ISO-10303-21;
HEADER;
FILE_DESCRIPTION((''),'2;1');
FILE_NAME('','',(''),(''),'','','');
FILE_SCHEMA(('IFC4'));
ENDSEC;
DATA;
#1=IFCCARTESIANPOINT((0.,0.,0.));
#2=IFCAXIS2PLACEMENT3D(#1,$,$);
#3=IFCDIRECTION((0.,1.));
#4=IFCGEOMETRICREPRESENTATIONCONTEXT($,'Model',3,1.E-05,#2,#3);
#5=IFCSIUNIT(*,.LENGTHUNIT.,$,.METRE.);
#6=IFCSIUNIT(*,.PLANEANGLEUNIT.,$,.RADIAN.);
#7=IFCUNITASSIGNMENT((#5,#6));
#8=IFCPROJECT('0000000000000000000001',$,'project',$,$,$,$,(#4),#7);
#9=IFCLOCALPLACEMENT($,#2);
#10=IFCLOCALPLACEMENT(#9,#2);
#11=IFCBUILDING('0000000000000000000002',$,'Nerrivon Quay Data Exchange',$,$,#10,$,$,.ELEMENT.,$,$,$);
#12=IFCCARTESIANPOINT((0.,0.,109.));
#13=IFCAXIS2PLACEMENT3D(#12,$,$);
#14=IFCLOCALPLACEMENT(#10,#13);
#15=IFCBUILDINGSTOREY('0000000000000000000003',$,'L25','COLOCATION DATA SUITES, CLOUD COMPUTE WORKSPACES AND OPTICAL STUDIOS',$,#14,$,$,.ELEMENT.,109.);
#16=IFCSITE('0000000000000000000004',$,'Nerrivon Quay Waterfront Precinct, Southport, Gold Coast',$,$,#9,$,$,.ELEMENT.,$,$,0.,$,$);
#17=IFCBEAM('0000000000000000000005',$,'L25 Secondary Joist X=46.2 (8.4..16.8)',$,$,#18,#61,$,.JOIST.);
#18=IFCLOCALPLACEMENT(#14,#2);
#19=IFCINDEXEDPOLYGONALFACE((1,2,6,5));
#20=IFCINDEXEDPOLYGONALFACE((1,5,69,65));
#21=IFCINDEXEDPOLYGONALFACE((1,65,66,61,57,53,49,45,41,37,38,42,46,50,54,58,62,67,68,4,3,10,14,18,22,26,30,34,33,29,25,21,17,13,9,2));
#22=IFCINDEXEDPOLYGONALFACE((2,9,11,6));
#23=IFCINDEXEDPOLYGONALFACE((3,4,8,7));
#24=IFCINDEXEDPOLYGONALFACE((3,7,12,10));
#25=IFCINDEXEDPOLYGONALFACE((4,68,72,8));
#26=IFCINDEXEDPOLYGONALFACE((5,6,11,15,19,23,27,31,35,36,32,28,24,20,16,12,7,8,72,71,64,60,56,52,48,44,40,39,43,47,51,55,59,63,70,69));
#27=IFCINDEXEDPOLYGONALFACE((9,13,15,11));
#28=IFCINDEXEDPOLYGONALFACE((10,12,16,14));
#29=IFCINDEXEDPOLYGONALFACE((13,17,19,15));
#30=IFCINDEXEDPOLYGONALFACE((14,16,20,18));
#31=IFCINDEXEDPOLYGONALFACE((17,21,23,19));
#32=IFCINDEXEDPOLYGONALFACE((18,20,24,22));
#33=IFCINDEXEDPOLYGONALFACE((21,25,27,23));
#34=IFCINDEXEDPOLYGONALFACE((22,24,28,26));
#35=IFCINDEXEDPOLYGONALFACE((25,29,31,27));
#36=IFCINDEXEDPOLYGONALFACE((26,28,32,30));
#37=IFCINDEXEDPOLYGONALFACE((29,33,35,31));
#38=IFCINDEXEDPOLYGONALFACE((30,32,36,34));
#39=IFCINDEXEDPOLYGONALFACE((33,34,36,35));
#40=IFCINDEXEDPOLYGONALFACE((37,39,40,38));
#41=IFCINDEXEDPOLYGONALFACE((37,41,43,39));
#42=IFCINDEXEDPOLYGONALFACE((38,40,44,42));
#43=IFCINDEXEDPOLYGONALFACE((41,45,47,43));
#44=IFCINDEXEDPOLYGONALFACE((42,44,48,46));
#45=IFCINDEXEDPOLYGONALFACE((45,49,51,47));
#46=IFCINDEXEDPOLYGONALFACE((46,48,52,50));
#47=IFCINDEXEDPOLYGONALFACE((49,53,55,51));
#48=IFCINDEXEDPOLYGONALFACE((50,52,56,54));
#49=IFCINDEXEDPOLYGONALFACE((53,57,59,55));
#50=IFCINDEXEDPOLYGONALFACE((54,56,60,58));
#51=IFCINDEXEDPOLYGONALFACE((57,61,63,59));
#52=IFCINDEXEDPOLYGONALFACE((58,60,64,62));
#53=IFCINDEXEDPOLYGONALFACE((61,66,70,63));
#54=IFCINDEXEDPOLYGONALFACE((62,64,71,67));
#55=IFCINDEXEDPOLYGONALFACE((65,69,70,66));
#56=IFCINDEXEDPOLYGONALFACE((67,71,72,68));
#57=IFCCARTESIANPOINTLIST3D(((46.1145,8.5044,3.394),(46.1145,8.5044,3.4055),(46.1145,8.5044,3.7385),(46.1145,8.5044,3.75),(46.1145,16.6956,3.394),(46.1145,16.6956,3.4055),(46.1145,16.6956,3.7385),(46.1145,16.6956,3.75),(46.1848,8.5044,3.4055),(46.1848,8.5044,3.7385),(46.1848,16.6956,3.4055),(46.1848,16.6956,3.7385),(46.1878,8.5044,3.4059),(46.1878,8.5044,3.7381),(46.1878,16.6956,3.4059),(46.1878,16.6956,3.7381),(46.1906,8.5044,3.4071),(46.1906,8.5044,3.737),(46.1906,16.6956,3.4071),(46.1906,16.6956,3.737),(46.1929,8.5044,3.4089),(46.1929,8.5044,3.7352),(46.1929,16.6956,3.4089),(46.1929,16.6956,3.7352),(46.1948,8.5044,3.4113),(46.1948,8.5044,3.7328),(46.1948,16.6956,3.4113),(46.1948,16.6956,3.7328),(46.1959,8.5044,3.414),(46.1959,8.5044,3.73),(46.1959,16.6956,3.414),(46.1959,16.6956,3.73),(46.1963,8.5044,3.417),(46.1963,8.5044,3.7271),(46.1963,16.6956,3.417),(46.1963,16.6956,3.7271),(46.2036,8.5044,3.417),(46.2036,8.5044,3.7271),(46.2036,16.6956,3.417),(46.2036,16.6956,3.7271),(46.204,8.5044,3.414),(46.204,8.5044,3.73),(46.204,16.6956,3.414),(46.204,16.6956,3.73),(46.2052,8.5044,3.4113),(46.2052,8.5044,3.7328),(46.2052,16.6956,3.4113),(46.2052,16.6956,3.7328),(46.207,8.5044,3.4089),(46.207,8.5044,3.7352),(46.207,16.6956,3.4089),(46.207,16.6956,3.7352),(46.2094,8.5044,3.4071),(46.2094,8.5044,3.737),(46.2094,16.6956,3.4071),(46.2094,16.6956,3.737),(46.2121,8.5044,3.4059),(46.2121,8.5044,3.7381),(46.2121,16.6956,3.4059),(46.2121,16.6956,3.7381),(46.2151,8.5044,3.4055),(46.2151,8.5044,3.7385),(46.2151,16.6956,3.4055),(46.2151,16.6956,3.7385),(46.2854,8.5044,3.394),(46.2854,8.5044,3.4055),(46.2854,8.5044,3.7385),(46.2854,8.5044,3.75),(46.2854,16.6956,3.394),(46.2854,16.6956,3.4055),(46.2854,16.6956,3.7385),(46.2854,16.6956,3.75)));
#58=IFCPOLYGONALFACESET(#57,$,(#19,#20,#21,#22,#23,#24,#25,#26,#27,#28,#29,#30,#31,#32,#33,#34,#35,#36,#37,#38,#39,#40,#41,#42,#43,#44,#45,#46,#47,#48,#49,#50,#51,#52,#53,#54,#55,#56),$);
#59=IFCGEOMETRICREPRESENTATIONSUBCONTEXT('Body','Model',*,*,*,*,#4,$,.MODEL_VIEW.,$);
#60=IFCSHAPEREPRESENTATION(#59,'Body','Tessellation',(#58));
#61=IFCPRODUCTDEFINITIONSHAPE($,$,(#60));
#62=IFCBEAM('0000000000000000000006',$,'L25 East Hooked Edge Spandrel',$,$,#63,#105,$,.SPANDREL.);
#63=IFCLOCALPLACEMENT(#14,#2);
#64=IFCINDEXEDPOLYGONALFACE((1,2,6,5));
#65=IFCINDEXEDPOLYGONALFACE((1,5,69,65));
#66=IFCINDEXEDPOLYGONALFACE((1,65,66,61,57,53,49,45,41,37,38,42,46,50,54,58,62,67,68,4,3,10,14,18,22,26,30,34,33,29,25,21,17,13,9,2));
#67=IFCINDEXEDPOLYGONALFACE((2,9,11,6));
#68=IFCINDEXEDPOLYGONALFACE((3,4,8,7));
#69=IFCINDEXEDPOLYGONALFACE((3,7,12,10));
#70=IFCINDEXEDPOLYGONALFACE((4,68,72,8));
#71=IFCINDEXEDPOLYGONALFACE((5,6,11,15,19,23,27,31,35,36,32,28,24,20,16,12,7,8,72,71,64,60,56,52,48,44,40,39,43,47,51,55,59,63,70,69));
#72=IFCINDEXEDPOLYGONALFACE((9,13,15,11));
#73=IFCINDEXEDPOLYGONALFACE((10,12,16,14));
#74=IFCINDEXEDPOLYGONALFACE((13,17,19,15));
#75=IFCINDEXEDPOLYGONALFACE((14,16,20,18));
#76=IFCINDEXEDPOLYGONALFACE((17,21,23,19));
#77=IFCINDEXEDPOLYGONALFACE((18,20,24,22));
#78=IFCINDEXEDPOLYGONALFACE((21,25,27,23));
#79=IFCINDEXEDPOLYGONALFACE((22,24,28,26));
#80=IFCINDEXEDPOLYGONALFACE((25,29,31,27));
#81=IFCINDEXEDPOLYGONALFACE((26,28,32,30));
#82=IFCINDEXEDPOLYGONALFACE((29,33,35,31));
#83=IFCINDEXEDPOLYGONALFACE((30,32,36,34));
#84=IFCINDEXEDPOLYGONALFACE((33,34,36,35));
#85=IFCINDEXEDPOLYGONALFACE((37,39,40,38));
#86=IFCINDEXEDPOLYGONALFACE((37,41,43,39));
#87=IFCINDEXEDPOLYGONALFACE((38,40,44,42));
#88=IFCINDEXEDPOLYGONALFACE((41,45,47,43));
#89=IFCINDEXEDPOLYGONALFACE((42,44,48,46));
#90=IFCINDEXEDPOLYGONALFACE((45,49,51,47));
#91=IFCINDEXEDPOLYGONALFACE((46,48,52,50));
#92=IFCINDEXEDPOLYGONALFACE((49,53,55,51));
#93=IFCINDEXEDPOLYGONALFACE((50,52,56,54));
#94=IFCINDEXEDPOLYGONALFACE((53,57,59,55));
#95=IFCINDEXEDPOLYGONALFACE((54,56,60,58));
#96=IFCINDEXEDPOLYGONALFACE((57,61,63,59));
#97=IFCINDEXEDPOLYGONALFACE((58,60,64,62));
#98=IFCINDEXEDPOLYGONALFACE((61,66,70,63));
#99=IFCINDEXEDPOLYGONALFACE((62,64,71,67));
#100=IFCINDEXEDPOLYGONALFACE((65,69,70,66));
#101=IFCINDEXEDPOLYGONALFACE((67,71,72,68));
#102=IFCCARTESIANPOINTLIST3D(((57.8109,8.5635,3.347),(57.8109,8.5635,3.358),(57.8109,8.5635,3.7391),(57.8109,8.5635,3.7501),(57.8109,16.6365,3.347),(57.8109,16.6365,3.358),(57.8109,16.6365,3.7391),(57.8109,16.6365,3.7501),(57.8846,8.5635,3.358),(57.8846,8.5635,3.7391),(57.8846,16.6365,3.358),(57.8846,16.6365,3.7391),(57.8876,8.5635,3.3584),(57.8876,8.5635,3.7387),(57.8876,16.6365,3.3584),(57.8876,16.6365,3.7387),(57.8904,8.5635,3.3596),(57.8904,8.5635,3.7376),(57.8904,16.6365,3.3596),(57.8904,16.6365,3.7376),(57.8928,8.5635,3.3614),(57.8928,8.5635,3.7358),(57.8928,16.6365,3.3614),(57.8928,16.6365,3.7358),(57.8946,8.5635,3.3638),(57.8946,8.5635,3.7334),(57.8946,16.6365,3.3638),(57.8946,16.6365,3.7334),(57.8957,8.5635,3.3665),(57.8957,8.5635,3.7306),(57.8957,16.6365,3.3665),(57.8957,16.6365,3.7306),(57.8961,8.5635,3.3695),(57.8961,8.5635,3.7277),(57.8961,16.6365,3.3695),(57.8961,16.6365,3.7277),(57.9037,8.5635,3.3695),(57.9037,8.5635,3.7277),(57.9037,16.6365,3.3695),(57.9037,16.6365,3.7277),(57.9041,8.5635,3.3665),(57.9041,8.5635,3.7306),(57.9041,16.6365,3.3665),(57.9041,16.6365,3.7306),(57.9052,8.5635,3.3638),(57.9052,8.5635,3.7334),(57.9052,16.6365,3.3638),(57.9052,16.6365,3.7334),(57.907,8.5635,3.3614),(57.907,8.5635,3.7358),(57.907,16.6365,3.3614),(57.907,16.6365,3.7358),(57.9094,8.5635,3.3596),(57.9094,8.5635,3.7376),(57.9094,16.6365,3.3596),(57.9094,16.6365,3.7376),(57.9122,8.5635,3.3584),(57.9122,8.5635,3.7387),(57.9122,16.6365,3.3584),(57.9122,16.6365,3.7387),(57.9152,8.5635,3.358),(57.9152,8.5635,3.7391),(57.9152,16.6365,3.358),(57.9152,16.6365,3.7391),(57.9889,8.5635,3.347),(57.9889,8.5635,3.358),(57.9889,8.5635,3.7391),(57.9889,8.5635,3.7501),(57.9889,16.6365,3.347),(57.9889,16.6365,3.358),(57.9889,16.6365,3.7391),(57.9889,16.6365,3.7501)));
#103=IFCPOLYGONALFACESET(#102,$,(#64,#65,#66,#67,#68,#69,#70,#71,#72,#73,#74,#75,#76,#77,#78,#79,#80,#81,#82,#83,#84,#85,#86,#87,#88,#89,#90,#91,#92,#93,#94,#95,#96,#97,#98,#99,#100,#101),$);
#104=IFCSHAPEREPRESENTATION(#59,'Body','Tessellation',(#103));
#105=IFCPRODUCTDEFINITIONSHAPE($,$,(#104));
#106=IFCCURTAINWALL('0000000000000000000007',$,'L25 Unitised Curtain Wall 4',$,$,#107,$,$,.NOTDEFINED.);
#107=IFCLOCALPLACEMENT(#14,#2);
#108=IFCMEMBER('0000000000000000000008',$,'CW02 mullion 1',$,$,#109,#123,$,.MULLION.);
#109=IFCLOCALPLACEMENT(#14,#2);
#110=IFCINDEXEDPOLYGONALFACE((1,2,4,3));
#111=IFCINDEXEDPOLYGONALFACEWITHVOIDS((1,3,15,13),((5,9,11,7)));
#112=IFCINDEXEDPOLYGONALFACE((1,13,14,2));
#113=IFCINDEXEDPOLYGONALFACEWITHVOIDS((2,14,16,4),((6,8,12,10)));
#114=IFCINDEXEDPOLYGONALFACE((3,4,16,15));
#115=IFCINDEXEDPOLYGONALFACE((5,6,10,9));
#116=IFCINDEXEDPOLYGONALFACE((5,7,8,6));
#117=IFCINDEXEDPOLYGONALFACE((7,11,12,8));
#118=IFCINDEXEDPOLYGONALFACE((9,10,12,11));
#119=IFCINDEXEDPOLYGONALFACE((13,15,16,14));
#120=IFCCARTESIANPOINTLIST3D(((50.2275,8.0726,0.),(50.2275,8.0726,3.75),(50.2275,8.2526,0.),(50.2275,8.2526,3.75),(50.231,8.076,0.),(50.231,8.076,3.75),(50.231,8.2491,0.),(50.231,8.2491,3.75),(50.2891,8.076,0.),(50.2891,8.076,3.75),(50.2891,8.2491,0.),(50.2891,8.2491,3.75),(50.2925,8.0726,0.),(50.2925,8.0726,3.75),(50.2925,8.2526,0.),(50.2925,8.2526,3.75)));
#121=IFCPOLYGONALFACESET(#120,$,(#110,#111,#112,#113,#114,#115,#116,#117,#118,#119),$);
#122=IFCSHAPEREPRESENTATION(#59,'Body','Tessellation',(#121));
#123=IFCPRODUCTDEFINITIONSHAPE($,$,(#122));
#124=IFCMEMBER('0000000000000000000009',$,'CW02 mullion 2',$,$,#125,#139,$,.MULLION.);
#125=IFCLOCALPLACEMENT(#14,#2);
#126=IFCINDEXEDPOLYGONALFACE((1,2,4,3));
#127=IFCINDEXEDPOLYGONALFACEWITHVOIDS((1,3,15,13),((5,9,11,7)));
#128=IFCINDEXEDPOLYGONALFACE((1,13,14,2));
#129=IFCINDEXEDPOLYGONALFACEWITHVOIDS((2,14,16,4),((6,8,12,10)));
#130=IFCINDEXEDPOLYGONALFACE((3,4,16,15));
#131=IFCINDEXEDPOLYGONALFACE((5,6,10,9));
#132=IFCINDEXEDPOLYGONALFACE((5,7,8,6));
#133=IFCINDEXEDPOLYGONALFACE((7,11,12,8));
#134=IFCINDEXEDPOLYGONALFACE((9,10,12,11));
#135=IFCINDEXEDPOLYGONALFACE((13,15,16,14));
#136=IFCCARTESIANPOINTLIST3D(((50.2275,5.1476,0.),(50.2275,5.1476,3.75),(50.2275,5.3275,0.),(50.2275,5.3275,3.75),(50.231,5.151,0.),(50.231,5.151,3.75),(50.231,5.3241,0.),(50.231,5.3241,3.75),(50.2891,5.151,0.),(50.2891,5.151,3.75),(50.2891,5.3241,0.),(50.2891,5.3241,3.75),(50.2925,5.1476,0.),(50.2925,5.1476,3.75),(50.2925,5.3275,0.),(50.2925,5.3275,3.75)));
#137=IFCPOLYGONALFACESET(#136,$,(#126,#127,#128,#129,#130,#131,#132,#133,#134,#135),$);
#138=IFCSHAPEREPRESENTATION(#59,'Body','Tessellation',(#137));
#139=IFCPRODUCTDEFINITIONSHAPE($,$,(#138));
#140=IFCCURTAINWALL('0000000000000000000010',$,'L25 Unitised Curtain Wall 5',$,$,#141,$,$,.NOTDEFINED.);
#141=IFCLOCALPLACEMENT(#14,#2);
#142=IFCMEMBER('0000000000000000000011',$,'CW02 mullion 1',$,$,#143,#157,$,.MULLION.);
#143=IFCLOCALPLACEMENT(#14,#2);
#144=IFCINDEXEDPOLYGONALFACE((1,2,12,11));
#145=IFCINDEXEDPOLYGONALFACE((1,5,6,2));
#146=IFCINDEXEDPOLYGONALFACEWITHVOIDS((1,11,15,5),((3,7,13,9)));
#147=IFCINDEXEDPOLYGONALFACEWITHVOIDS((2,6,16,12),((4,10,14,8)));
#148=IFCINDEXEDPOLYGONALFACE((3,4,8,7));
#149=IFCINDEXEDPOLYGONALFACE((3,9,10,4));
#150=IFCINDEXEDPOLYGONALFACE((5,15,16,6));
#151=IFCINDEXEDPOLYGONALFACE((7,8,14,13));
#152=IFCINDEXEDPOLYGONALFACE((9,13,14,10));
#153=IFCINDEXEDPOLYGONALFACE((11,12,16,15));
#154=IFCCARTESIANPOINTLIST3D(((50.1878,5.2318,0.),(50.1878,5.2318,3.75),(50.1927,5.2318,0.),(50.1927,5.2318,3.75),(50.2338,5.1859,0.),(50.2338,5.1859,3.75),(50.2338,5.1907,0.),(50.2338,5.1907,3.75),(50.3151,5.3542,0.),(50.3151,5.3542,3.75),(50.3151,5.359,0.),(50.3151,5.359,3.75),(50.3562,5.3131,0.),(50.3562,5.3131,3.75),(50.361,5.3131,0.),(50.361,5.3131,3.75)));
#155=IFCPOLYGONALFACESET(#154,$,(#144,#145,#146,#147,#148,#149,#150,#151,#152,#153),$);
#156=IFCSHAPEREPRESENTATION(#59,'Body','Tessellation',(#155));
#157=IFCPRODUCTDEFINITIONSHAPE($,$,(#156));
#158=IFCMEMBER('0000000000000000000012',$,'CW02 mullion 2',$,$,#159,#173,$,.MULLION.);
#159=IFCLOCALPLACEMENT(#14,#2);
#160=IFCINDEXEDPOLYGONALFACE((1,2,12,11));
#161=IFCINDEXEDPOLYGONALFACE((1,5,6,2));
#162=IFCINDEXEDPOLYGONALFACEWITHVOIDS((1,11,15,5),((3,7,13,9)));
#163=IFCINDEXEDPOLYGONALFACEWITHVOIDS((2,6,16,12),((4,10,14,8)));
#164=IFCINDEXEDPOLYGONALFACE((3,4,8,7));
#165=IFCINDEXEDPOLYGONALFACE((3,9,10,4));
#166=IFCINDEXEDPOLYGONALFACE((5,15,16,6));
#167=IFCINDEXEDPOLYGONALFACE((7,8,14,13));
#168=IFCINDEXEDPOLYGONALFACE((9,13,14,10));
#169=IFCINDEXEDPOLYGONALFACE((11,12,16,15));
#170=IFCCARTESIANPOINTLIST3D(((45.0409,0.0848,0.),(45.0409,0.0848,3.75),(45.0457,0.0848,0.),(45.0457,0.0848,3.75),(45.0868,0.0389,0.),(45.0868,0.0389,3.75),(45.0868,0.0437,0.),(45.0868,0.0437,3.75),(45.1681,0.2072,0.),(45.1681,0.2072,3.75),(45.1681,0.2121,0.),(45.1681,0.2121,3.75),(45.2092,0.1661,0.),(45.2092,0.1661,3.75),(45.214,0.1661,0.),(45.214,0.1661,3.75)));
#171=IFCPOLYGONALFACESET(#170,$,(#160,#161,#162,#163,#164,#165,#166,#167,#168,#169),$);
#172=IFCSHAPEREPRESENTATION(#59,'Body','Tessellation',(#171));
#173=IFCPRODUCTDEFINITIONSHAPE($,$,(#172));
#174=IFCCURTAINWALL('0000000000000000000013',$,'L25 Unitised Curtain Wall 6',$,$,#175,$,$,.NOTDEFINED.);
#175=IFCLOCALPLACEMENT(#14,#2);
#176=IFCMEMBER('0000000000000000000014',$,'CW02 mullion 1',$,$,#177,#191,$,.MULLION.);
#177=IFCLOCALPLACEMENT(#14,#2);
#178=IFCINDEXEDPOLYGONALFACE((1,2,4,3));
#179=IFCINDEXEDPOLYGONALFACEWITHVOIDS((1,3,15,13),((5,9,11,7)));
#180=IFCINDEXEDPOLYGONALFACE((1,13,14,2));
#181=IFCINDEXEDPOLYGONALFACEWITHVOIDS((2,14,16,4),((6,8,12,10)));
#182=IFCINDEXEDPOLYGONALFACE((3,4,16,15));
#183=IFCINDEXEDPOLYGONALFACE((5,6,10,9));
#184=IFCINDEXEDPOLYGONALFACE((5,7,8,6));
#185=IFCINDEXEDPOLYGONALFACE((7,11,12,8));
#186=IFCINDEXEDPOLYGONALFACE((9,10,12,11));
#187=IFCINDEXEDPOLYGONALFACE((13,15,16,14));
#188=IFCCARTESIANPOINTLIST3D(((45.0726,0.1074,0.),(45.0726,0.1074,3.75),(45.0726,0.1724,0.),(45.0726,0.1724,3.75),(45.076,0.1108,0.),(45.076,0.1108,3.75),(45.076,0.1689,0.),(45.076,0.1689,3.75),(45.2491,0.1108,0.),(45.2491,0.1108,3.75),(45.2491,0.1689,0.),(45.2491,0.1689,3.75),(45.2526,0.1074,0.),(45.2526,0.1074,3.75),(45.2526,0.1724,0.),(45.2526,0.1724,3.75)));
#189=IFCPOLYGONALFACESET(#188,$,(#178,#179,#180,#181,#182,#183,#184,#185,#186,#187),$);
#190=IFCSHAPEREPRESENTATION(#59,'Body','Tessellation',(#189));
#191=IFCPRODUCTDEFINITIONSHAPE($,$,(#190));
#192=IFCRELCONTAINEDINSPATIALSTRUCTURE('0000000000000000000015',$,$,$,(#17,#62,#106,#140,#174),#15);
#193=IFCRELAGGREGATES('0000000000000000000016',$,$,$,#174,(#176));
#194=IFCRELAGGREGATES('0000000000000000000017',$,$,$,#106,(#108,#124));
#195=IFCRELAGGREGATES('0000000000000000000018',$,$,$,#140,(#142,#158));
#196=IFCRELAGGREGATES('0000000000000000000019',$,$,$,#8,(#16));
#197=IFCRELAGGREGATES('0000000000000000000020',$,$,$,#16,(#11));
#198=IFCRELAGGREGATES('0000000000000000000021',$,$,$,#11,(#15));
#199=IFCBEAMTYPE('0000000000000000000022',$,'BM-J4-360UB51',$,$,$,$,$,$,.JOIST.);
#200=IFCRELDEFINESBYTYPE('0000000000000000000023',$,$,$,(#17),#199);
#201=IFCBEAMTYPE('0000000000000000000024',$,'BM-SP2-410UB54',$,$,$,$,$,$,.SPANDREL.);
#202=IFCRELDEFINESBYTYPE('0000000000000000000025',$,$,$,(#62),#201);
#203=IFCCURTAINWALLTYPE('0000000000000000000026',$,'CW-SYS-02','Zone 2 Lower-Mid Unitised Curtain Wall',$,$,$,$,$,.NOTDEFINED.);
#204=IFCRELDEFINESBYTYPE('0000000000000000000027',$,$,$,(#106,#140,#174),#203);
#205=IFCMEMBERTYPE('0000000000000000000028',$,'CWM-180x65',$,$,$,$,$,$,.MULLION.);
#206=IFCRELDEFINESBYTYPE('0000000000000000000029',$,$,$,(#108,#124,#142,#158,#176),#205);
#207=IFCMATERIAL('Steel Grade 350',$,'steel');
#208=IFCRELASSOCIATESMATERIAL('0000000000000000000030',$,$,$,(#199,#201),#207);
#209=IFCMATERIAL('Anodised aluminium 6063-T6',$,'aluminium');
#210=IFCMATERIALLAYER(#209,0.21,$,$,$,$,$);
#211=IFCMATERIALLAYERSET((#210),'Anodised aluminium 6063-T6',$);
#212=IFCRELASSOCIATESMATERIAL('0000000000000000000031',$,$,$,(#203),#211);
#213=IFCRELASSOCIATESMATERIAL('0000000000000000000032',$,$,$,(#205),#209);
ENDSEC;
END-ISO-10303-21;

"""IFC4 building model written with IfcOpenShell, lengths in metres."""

from ifc_helpers import new_model, si_unit, direction, frame, origin, origin_2d, place, context, subcontext, project, spatial, hollow_rectangle, i_section, extrude, material, layer, layer_set, material_profile, profile_set, type_object, element, aggregate, save


model = new_model("IFC4")

# Units and contexts
model_context = context("Model", 3, precision=1e-05, world=origin(), true_north=direction((0.0, 1.0)))
body_context = subcontext(model_context, "Body", "Model", "MODEL_VIEW")
ifc_project = project(units=[si_unit("LENGTHUNIT", "METRE"), si_unit("PLANEANGLEUNIT", "RADIAN")], contexts=[model_context])

# Site, building, storey
site_placement = place(None, origin())
site = spatial("IfcSite", under=ifc_project, at=site_placement, Name="Nerrivon Quay Waterfront Precinct, Southport, Gold Coast", CompositionType="ELEMENT", RefElevation=0.0)
building_placement = place(site_placement, origin())
building = spatial("IfcBuilding", under=site, at=building_placement, Name="Nerrivon Quay Data Exchange", CompositionType="ELEMENT")
storey_placement = place(building_placement, frame((0.0, 0.0, 109.0)))
storey = spatial("IfcBuildingStorey", under=building, at=storey_placement, Name="L25", Description="COLOCATION DATA SUITES, CLOUD COMPUTE WORKSPACES AND OPTICAL STUDIOS", CompositionType="ELEMENT", Elevation=109.0)

# Shared definitions
ifc_material_1 = material(Name="Steel Grade 350", Category="steel")

# Beams
ifc_material_profile_1 = material_profile(ifc_material_1, i_section(OverallWidth=0.1709, OverallDepth=0.356, WebThickness=0.0073, FlangeThickness=0.0115, FilletRadius=0.0115, at=origin_2d()), Name="360UB50.7")
ifc_profile_set_1 = profile_set([ifc_material_profile_1], Name="Steel Grade 350")
beam_type_1 = type_object("IfcBeamType", Name="BM-J4-360UB51", PredefinedType="JOIST", material=ifc_profile_set_1)
beam_1_placement = place(storey_placement, frame((46.2, 8.5044, 3.572), z_axis=(0.0, 1.0, 0.0), x_axis=(-1.0, 0.0, 0.0)))
element("IfcBeam", 1, at=beam_1_placement, inside=storey, type_object=beam_type_1, Name="L25 Secondary Joist X=46.2 (8.4..16.8)", PredefinedType="JOIST", context=body_context, shape_type="SweptSolid", body=[
    extrude(i_section(OverallWidth=0.1709, OverallDepth=0.356, WebThickness=0.0073, FlangeThickness=0.0115, FilletRadius=0.0115, at=origin_2d()), origin(), (0.0, 0.0, 1.0), 8.1912),
])
ifc_material_profile_2 = material_profile(ifc_material_1, i_section(OverallWidth=0.178, OverallDepth=0.4031, WebThickness=0.0076, FlangeThickness=0.011, FilletRadius=0.0115, at=origin_2d()), Name="410UB53.7")
ifc_profile_set_2 = profile_set([ifc_material_profile_2], Name="Steel Grade 350")
beam_type_2 = type_object("IfcBeamType", Name="BM-SP2-410UB54", PredefinedType="SPANDREL", material=ifc_profile_set_2)
beam_2_placement = place(storey_placement, frame((57.8999, 8.5635, 3.5486), z_axis=(0.0, 1.0, 0.0), x_axis=(-1.0, 0.0, 0.0)))
element("IfcBeam", 2, at=beam_2_placement, inside=storey, type_object=beam_type_2, Name="L25 East Hooked Edge Spandrel", PredefinedType="SPANDREL", context=body_context, shape_type="SweptSolid", body=[
    extrude(i_section(OverallWidth=0.178, OverallDepth=0.4031, WebThickness=0.0076, FlangeThickness=0.011, FilletRadius=0.0115, at=origin_2d()), origin(), (0.0, 0.0, 1.0), 8.073),
])

# Curtain walls, members
ifc_material_2 = material(Name="Anodised aluminium 6063-T6", Category="aluminium")
ifc_layer_1 = layer(ifc_material_2, 0.21)
ifc_layer_set_1 = layer_set([ifc_layer_1], Name="Anodised aluminium 6063-T6")
curtain_wall_type = type_object("IfcCurtainWallType", Name="CW-SYS-02", Description="Zone 2 Lower-Mid Unitised Curtain Wall", PredefinedType="NOTDEFINED", material=ifc_layer_set_1)
curtain_wall_1_placement = place(storey_placement, origin())
curtain_wall_1 = element("IfcCurtainWall", 3, at=curtain_wall_1_placement, inside=storey, type_object=curtain_wall_type, Name="L25 Unitised Curtain Wall 4", PredefinedType="NOTDEFINED")
ifc_material_profile_3 = material_profile(ifc_material_2, hollow_rectangle(XDim=0.0649, YDim=0.1799, WallThickness=0.0034, at=origin_2d()), Name="ALU-MULL-180x65")
ifc_profile_set_3 = profile_set([ifc_material_profile_3], Name="Anodised aluminium 6063-T6")
member_type_1 = type_object("IfcMemberType", Name="CWM-180x65", PredefinedType="MULLION", material=ifc_profile_set_3)
member_1_placement = place(storey_placement, frame((50.26, 8.1626, 0.0), z_axis=(0.0, 0.0, 1.0), x_axis=(1.0, 0.0, 0.0)))
member_1 = element("IfcMember", 4, at=member_1_placement, type_object=member_type_1, Name="CW02 mullion 1", PredefinedType="MULLION", context=body_context, shape_type="SweptSolid", body=[
    extrude(hollow_rectangle(XDim=0.0649, YDim=0.1799, WallThickness=0.0034, at=origin_2d()), origin(), (0.0, 0.0, 1.0), 3.75),
])
member_2_placement = place(storey_placement, frame((50.26, 5.2375, 0.0), z_axis=(0.0, 0.0, 1.0), x_axis=(1.0, 0.0, 0.0)))
member_2 = element("IfcMember", 5, at=member_2_placement, type_object=member_type_1, Name="CW02 mullion 2", PredefinedType="MULLION", context=body_context, shape_type="SweptSolid", body=[
    extrude(hollow_rectangle(XDim=0.0649, YDim=0.1799, WallThickness=0.0034, at=origin_2d()), origin(), (0.0, 0.0, 1.0), 3.75),
])
curtain_wall_2_placement = place(storey_placement, origin())
curtain_wall_2 = element("IfcCurtainWall", 6, at=curtain_wall_2_placement, inside=storey, type_object=curtain_wall_type, Name="L25 Unitised Curtain Wall 5", PredefinedType="NOTDEFINED")
member_3_placement = place(storey_placement, frame((50.2744, 5.2725, 0.0), z_axis=(0.0, 0.0, 1.0), x_axis=(0.707107, -0.707107, 0.0)))
member_3 = element("IfcMember", 7, at=member_3_placement, type_object=member_type_1, Name="CW02 mullion 1", PredefinedType="MULLION", context=body_context, shape_type="SweptSolid", body=[
    extrude(hollow_rectangle(XDim=0.0649, YDim=0.1799, WallThickness=0.0034, at=origin_2d()), origin(), (0.0, 0.0, 1.0), 3.75),
])
member_4_placement = place(storey_placement, frame((45.1274, 0.1255, 0.0), z_axis=(0.0, 0.0, 1.0), x_axis=(0.707107, -0.707107, 0.0)))
member_4 = element("IfcMember", 8, at=member_4_placement, type_object=member_type_1, Name="CW02 mullion 2", PredefinedType="MULLION", context=body_context, shape_type="SweptSolid", body=[
    extrude(hollow_rectangle(XDim=0.0649, YDim=0.1799, WallThickness=0.0034, at=origin_2d()), origin(), (0.0, 0.0, 1.0), 3.75),
])

# Curtain wall, member
curtain_wall_3_placement = place(storey_placement, origin())
curtain_wall_3 = element("IfcCurtainWall", 9, at=curtain_wall_3_placement, inside=storey, type_object=curtain_wall_type, Name="L25 Unitised Curtain Wall 6", PredefinedType="NOTDEFINED")
member_5_placement = place(storey_placement, frame((45.1626, 0.1399, 0.0), z_axis=(0.0, 0.0, 1.0), x_axis=(0.0, -1.0, 0.0)))
member_5 = element("IfcMember", 10, at=member_5_placement, type_object=member_type_1, Name="CW02 mullion 1", PredefinedType="MULLION", context=body_context, shape_type="SweptSolid", body=[
    extrude(hollow_rectangle(XDim=0.0649, YDim=0.1799, WallThickness=0.0034, at=origin_2d()), origin(), (0.0, 0.0, 1.0), 3.75),
])

aggregate(curtain_wall_3, [member_5])

aggregate(curtain_wall_1, [member_1, member_2])
aggregate(curtain_wall_2, [member_3, member_4])

save(model, "model.ifc")
